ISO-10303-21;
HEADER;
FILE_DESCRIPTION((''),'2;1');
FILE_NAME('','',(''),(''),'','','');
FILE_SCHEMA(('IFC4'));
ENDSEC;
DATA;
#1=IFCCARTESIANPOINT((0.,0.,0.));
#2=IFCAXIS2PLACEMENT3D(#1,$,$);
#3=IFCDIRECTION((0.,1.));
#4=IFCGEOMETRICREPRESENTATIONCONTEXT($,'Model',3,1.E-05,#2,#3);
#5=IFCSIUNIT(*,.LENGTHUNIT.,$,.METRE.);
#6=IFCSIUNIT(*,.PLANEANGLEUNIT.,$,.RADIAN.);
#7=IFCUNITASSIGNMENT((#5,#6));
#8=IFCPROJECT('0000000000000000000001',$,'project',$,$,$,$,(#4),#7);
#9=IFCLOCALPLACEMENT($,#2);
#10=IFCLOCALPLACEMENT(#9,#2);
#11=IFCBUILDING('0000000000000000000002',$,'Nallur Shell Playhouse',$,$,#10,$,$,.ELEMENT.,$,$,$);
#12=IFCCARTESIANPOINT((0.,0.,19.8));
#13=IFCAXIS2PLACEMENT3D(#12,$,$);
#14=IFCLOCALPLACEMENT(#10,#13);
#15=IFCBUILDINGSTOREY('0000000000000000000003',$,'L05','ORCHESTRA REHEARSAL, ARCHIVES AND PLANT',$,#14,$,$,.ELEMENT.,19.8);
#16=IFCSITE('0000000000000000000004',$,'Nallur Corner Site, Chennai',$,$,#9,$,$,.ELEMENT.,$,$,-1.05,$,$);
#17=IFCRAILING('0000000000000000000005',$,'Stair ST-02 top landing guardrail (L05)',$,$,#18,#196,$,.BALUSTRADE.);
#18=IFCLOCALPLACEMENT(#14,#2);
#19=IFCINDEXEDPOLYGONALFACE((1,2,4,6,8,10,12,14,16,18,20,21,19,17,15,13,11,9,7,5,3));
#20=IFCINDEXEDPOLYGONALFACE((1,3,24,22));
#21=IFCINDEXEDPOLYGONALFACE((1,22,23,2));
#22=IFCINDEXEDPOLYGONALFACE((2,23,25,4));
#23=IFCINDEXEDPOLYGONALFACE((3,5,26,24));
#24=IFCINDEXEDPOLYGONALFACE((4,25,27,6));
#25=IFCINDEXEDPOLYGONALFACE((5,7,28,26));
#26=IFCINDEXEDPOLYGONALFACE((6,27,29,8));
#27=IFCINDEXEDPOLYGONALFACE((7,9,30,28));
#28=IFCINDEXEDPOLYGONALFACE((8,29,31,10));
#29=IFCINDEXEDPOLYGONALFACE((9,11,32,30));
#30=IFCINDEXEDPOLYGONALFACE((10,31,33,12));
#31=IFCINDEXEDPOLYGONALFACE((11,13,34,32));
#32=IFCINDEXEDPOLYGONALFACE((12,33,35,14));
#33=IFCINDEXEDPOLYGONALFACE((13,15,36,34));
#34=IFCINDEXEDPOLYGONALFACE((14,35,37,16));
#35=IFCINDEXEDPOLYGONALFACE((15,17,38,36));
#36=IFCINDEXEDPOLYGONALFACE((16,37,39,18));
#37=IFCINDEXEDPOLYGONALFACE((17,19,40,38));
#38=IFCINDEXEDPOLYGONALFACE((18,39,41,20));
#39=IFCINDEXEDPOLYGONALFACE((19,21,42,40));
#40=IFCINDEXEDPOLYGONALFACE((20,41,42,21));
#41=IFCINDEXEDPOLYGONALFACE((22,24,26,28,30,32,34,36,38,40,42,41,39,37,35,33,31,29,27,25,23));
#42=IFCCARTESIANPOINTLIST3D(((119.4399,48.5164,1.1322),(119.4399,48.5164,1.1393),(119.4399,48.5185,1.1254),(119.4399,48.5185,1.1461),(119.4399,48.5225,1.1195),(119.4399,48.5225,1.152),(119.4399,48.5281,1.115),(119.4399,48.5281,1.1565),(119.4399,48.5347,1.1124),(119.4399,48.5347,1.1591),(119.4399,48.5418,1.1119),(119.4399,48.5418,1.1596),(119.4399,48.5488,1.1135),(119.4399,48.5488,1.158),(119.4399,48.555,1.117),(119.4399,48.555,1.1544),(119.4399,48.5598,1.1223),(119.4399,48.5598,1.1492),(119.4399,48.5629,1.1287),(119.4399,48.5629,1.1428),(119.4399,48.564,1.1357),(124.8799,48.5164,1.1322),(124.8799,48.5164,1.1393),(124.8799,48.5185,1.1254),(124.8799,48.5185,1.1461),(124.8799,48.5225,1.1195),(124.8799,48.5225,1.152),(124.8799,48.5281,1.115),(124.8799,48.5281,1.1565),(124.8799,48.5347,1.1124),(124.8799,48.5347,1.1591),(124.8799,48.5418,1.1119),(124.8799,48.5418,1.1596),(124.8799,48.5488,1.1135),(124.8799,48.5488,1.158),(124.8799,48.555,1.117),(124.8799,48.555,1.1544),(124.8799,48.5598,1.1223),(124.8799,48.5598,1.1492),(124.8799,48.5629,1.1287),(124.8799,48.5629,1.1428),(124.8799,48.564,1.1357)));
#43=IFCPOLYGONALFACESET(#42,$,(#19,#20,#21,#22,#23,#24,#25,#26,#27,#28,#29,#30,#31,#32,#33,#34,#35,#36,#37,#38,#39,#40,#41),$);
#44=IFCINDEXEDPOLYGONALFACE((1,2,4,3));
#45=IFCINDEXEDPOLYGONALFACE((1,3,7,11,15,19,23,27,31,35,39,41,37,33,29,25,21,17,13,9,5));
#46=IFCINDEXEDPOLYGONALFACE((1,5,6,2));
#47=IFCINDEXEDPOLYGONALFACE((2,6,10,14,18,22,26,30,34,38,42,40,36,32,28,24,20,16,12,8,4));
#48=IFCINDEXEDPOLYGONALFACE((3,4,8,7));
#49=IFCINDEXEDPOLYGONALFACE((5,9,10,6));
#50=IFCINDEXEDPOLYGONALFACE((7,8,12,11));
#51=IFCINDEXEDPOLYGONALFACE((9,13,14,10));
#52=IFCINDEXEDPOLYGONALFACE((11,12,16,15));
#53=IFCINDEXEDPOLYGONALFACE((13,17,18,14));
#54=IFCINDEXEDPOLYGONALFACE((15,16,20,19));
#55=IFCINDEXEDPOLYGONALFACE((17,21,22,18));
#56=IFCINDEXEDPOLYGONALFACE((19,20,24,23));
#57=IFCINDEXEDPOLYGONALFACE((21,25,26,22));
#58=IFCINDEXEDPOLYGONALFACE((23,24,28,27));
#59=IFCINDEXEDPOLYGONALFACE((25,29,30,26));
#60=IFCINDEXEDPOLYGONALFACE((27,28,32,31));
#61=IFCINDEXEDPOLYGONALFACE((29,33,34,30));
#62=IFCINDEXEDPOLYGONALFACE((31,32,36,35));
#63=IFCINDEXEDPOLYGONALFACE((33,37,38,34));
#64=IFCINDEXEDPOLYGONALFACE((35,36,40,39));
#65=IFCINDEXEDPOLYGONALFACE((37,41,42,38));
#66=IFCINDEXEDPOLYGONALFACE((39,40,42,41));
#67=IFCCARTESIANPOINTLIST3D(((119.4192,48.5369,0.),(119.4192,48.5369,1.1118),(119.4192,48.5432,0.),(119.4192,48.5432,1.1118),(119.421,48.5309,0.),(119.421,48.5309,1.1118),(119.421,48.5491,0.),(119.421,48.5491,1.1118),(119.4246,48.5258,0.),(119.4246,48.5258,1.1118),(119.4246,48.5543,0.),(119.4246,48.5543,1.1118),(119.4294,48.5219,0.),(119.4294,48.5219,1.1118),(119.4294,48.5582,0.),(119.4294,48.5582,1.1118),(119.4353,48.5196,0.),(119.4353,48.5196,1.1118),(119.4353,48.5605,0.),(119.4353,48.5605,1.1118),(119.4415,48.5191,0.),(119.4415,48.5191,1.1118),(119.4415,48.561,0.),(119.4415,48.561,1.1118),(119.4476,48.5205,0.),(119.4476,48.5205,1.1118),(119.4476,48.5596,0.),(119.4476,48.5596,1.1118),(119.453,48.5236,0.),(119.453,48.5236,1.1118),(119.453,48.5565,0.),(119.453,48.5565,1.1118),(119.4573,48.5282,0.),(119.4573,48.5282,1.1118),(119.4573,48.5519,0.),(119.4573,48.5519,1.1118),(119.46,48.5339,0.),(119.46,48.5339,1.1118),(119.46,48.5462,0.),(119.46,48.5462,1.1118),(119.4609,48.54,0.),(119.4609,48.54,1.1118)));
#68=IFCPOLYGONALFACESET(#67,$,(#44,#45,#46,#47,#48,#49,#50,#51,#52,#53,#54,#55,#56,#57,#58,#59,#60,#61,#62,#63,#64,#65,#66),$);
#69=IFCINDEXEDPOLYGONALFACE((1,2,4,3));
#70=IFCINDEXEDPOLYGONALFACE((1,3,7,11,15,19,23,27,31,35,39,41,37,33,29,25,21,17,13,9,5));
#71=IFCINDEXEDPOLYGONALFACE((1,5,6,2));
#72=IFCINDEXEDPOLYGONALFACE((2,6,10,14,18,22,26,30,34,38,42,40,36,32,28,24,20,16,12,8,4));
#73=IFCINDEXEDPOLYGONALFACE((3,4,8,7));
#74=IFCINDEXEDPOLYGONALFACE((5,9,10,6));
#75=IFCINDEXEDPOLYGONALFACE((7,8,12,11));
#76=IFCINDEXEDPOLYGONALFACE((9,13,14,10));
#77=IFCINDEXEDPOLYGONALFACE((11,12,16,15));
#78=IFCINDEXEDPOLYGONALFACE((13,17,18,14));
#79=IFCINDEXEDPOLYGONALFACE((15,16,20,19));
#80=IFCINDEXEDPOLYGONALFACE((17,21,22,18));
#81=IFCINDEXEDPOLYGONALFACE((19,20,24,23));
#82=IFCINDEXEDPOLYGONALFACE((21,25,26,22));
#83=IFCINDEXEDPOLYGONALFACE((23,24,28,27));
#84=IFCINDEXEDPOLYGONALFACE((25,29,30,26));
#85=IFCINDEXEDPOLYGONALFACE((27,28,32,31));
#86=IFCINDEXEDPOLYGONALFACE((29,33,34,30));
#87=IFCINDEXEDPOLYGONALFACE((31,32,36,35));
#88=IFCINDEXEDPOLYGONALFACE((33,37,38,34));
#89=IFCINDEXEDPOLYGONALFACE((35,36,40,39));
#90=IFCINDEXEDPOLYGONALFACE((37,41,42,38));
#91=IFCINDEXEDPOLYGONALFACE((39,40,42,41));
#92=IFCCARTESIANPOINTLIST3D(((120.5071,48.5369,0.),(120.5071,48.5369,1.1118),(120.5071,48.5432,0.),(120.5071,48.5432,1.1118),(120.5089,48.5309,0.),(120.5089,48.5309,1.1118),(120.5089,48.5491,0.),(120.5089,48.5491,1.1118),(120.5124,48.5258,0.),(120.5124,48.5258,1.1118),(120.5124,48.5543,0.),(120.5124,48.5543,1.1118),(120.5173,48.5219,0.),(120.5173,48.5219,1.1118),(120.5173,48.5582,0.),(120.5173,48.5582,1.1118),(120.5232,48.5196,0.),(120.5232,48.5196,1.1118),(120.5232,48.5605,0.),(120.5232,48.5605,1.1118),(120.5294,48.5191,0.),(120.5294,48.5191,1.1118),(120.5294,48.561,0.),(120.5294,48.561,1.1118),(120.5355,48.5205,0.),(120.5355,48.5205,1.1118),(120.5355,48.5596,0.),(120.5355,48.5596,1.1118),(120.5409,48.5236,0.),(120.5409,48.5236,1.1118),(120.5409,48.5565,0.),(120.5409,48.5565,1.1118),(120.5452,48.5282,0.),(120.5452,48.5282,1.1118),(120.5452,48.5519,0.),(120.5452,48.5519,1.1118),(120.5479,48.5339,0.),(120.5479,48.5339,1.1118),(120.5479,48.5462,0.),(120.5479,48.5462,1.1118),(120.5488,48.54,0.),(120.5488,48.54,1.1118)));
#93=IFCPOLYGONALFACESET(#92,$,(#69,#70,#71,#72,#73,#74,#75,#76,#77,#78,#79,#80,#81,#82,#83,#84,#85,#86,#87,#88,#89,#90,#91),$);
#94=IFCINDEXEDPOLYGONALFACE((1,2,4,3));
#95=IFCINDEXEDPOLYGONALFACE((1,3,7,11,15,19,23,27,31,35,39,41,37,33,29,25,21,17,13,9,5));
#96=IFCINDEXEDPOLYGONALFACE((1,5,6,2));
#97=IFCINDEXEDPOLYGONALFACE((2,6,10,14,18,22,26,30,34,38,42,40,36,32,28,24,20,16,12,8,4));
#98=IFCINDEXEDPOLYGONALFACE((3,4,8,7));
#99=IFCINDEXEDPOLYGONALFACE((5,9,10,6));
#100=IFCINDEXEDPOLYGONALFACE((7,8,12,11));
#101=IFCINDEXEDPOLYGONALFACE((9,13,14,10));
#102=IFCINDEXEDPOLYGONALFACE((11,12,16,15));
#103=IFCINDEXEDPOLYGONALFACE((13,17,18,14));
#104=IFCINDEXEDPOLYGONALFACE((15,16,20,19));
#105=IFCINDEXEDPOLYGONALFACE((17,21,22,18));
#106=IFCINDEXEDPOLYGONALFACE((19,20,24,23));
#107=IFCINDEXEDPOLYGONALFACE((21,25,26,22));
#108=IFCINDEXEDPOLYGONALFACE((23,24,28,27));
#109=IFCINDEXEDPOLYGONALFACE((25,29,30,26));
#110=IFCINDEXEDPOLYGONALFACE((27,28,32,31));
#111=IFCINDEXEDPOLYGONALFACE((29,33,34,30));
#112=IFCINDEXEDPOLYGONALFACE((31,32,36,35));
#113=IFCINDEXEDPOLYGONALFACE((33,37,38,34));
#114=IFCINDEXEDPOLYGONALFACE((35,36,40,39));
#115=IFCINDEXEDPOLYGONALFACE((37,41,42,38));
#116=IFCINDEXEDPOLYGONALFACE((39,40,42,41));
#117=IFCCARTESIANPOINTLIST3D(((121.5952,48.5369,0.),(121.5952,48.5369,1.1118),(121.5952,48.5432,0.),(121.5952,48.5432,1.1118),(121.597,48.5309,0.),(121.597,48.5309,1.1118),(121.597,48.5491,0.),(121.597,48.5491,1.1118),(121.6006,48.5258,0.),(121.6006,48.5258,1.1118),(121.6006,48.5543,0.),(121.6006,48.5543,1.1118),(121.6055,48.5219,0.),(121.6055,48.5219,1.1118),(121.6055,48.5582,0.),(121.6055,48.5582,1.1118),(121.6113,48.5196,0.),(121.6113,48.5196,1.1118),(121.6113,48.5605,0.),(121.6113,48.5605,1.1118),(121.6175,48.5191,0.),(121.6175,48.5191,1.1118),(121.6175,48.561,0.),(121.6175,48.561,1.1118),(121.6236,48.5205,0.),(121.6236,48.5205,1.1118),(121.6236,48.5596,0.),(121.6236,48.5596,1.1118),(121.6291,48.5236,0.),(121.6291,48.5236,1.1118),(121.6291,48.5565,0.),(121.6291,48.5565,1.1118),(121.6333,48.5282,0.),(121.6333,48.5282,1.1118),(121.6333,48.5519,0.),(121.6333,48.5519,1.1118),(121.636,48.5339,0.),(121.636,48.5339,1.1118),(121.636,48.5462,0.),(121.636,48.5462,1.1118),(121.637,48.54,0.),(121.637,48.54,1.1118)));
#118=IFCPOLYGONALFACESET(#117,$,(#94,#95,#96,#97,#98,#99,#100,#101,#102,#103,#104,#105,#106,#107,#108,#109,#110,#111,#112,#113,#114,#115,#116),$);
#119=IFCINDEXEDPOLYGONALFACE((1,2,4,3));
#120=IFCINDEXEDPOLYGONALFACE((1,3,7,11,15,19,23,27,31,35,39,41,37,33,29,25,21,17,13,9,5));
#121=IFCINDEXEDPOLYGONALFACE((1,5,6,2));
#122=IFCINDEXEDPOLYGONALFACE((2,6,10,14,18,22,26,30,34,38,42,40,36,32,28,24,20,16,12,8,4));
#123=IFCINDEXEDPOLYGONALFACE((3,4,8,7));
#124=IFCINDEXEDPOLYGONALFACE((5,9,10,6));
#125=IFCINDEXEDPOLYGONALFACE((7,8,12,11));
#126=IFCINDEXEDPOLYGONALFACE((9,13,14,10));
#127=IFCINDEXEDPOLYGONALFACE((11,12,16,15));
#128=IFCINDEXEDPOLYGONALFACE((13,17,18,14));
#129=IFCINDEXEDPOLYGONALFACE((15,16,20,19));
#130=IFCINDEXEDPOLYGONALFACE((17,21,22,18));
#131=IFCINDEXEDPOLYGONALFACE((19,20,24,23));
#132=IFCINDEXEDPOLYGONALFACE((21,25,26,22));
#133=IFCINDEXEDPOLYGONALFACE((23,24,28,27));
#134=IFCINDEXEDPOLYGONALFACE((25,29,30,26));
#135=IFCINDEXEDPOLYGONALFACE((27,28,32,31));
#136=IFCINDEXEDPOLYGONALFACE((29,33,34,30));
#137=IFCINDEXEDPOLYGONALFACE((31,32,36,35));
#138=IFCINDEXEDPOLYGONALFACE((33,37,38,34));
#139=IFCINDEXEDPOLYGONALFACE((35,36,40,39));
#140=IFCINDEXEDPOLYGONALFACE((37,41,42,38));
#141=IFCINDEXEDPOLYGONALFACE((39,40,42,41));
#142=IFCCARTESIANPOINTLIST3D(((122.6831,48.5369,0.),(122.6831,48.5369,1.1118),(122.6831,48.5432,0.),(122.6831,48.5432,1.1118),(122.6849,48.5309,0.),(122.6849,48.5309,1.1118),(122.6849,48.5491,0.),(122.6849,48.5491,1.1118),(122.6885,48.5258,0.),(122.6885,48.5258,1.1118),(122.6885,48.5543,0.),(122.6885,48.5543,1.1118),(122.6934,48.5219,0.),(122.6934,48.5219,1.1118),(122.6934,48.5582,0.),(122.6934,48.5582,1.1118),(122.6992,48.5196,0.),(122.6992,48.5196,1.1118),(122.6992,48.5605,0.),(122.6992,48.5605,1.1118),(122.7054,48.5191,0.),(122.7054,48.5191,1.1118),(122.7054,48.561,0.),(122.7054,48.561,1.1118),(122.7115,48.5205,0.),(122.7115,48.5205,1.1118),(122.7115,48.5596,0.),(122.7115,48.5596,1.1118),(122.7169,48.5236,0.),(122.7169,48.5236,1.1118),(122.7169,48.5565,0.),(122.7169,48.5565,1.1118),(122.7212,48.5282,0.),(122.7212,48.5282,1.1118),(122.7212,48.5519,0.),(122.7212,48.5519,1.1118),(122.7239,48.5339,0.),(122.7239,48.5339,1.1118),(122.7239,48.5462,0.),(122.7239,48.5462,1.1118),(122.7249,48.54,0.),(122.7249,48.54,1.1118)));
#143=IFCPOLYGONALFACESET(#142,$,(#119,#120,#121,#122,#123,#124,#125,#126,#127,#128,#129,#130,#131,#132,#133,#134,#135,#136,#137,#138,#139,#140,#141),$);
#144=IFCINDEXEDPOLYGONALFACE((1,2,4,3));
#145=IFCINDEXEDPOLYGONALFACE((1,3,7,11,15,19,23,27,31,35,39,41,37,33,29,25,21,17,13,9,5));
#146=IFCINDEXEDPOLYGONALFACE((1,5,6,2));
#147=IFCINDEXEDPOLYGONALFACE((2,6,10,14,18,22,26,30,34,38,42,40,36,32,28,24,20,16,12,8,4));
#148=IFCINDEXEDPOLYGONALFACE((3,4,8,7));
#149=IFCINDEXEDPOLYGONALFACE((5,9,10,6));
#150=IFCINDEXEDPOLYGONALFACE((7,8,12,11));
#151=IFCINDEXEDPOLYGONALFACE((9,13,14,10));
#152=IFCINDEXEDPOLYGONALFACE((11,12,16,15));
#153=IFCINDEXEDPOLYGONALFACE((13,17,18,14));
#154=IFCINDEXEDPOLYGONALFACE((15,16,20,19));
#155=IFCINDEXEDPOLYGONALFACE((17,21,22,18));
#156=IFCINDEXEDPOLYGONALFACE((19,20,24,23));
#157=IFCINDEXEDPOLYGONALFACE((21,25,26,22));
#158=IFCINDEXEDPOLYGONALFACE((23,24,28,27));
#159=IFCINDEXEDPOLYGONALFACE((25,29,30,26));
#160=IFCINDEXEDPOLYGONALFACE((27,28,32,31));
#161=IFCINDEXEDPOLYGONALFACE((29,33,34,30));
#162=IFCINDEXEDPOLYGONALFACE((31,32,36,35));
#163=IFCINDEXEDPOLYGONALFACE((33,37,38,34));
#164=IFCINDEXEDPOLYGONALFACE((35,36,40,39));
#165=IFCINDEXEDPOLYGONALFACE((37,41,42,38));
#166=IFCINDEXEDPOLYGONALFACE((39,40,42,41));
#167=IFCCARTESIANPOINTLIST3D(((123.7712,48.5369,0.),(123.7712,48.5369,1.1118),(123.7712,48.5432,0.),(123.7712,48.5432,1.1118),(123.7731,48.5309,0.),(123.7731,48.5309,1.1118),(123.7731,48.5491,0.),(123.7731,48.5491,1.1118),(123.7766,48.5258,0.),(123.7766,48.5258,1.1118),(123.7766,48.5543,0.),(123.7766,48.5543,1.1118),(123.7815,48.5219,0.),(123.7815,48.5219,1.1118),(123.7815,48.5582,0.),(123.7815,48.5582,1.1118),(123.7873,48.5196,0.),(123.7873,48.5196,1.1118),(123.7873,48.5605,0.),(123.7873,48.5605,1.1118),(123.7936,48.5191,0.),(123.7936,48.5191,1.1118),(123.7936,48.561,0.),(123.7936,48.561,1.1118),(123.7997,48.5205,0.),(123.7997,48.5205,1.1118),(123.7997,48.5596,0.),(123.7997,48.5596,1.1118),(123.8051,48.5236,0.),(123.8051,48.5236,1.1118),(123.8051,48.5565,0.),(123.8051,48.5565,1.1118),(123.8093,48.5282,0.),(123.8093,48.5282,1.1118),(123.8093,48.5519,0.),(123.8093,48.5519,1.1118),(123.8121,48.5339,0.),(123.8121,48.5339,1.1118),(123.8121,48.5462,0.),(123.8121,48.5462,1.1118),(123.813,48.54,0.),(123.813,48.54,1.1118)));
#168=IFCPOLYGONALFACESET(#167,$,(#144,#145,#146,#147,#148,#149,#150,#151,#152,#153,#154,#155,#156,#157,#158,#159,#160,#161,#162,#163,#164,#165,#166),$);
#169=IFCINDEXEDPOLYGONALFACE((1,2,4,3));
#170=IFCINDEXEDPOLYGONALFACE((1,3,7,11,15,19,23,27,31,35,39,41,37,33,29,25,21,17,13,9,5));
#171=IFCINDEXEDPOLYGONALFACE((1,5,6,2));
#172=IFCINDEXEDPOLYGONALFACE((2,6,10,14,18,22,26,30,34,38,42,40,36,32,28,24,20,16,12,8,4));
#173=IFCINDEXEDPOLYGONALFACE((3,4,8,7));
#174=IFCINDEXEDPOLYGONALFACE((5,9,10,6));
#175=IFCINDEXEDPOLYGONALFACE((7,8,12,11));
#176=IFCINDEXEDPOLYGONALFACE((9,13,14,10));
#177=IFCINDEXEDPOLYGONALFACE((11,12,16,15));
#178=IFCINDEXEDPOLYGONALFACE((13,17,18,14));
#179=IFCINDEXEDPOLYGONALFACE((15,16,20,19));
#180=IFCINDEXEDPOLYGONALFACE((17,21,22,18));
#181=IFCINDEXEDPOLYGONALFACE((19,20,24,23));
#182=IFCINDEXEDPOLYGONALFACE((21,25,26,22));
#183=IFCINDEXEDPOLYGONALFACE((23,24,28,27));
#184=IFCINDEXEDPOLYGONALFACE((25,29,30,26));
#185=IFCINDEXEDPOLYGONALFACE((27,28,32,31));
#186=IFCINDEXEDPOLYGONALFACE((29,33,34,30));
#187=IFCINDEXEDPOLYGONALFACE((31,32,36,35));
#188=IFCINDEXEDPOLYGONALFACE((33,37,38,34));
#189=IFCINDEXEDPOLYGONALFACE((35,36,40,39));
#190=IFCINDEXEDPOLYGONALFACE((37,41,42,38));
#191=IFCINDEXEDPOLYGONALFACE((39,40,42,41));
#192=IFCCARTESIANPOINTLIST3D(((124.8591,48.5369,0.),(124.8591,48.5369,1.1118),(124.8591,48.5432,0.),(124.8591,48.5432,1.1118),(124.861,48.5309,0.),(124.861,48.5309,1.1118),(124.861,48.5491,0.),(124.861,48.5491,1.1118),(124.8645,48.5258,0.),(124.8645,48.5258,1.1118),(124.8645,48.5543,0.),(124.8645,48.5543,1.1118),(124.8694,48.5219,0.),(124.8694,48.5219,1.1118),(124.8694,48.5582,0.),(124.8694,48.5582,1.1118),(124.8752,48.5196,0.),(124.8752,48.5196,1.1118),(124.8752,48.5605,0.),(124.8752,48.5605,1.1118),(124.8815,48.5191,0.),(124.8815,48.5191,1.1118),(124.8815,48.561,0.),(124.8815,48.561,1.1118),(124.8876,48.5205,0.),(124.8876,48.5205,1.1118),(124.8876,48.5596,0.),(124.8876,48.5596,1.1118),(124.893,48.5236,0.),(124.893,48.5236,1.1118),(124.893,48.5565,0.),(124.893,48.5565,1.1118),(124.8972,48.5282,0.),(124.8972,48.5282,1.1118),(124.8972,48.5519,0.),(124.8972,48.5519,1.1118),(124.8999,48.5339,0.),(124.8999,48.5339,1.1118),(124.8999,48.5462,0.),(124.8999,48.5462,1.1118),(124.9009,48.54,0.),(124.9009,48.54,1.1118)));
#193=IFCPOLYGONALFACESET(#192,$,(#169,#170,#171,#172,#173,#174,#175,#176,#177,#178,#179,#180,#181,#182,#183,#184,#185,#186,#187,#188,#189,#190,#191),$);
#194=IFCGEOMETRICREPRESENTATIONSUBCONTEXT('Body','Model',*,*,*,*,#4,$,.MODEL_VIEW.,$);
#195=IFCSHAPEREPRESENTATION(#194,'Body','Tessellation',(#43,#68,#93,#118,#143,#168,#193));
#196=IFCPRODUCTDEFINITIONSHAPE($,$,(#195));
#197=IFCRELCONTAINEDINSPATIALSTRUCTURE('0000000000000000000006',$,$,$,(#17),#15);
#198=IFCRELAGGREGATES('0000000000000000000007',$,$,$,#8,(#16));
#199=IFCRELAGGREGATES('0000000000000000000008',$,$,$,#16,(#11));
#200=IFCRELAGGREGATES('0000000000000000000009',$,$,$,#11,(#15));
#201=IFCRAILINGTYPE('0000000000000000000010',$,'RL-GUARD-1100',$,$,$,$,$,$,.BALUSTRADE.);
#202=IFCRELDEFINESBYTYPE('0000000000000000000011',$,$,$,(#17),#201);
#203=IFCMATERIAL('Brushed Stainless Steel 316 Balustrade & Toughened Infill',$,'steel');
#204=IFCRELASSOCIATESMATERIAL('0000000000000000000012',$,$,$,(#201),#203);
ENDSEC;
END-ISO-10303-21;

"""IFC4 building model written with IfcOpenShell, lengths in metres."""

from ifc_helpers import new_model, si_unit, direction, frame, origin, origin_2d, place, context, subcontext, project, spatial, circle, extrude, material, type_object, element, save


model = new_model("IFC4")

# Units and contexts
model_context = context("Model", 3, precision=1e-05, world=origin(), true_north=direction((0.0, 1.0)))
body_context = subcontext(model_context, "Body", "Model", "MODEL_VIEW")
ifc_project = project(units=[si_unit("LENGTHUNIT", "METRE"), si_unit("PLANEANGLEUNIT", "RADIAN")], contexts=[model_context])

# Site, building, storey
site_placement = place(None, origin())
site = spatial("IfcSite", under=ifc_project, at=site_placement, Name="Nallur Corner Site, Chennai", CompositionType="ELEMENT", RefElevation=-1.05)
building_placement = place(site_placement, origin())
building = spatial("IfcBuilding", under=site, at=building_placement, Name="Nallur Shell Playhouse", CompositionType="ELEMENT")
storey_placement = place(building_placement, frame((0.0, 0.0, 19.8)))
storey = spatial("IfcBuildingStorey", under=building, at=storey_placement, Name="L05", Description="ORCHESTRA REHEARSAL, ARCHIVES AND PLANT", CompositionType="ELEMENT", Elevation=19.8)

# Railing
ifc_material_1 = material(Name="Brushed Stainless Steel 316 Balustrade & Toughened Infill", Category="steel")
railing_type = type_object("IfcRailingType", Name="RL-GUARD-1100", PredefinedType="BALUSTRADE", material=ifc_material_1)
railing_placement = place(storey_placement, frame((119.4399, 48.54, 0.0)))
element("IfcRailing", 1, at=railing_placement, inside=storey, type_object=railing_type, Name="Stair ST-02 top landing guardrail (L05)", PredefinedType="BALUSTRADE", context=body_context, shape_type="SweptSolid", body=[
    extrude(circle(Radius=0.0239, at=origin_2d()), frame((0.0, 0.0, 1.1357), z_axis=(1.0, 0.0, 0.0), x_axis=(0.0, 1.0, 0.0)), (0.0, 0.0, 1.0), 5.4399),
    extrude(circle(Radius=0.021, at=origin_2d()), origin(), (0.0, 0.0, 1.0), 1.1118),
    extrude(circle(Radius=0.021, at=origin_2d()), frame((1.0879, 0.0, 0.0)), (0.0, 0.0, 1.0), 1.1118),
    extrude(circle(Radius=0.021, at=origin_2d()), frame((2.176, 0.0, 0.0)), (0.0, 0.0, 1.0), 1.1118),
    extrude(circle(Radius=0.021, at=origin_2d()), frame((3.2639, 0.0, 0.0)), (0.0, 0.0, 1.0), 1.1118),
    extrude(circle(Radius=0.021, at=origin_2d()), frame((4.3521, 0.0, 0.0)), (0.0, 0.0, 1.0), 1.1118),
    extrude(circle(Radius=0.021, at=origin_2d()), frame((5.4399, 0.0, 0.0)), (0.0, 0.0, 1.0), 1.1118),
])

save(model, "model.ifc")
